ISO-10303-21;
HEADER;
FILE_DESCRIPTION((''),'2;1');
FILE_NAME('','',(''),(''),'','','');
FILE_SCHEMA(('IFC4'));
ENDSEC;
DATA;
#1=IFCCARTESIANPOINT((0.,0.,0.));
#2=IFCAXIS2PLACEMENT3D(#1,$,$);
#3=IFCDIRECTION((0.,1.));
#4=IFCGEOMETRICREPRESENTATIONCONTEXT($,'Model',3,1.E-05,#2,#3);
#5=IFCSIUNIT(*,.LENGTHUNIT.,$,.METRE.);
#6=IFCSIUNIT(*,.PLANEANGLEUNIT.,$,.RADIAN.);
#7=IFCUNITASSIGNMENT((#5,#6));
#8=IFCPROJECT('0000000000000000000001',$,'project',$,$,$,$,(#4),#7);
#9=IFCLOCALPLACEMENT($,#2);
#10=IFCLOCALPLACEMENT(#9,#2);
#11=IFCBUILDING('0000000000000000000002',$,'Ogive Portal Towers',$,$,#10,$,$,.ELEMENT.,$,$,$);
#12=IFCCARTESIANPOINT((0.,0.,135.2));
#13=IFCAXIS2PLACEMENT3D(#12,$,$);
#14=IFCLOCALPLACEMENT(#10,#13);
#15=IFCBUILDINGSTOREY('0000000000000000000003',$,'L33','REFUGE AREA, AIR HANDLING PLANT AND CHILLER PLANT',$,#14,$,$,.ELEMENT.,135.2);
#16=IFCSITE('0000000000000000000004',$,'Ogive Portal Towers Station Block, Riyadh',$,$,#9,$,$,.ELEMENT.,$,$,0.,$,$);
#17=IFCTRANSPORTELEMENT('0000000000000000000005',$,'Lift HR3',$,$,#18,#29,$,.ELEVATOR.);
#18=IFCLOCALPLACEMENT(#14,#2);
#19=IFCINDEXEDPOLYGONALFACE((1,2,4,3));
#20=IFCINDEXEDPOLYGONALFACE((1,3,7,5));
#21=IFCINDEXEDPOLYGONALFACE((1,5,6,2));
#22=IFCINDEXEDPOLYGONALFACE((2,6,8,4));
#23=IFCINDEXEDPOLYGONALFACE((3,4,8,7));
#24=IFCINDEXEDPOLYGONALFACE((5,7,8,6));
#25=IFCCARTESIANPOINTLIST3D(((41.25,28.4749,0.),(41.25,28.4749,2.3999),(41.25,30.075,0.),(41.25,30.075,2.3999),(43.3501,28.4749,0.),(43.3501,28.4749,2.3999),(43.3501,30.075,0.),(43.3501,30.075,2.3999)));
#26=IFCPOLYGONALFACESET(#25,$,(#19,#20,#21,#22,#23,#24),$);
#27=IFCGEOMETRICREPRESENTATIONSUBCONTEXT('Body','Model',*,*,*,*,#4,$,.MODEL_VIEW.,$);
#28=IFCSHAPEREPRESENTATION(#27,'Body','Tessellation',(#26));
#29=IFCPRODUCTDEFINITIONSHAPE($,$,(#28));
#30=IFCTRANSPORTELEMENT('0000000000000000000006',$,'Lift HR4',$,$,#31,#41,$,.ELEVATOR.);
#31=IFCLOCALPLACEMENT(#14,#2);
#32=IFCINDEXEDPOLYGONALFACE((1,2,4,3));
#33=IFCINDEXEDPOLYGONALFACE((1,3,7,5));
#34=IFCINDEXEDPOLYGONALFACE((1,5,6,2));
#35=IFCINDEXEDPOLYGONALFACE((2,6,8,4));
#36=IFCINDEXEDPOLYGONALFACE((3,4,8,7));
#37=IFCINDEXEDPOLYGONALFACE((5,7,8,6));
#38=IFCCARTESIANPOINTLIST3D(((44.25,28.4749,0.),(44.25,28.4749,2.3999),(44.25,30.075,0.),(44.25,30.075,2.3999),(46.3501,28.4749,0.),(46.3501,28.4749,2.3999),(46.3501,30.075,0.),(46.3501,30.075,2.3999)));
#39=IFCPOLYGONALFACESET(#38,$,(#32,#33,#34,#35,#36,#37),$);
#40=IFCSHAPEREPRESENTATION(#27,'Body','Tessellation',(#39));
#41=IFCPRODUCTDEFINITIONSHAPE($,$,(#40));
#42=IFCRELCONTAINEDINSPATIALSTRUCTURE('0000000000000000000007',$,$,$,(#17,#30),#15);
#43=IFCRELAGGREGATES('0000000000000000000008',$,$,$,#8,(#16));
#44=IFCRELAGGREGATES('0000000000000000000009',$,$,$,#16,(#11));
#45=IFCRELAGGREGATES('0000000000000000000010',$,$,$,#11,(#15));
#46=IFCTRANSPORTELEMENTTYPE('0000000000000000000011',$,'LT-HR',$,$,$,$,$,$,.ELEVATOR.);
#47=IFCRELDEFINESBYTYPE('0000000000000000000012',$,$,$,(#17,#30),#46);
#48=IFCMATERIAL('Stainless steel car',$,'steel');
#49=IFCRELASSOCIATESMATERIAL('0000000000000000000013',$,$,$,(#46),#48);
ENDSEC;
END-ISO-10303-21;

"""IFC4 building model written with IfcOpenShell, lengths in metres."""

from ifc_helpers import new_model, si_unit, direction, frame, origin, origin_2d, place, context, subcontext, project, spatial, rectangle, extrude, material, type_object, element, save


model = new_model("IFC4")

# Units and contexts
model_context = context("Model", 3, precision=1e-05, world=origin(), true_north=direction((0.0, 1.0)))
body_context = subcontext(model_context, "Body", "Model", "MODEL_VIEW")
ifc_project = project(units=[si_unit("LENGTHUNIT", "METRE"), si_unit("PLANEANGLEUNIT", "RADIAN")], contexts=[model_context])

# Site, building, storey
site_placement = place(None, origin())
site = spatial("IfcSite", under=ifc_project, at=site_placement, Name="Ogive Portal Towers Station Block, Riyadh", CompositionType="ELEMENT", RefElevation=0.0)
building_placement = place(site_placement, origin())
building = spatial("IfcBuilding", under=site, at=building_placement, Name="Ogive Portal Towers", CompositionType="ELEMENT")
storey_placement = place(building_placement, frame((0.0, 0.0, 135.2)))
storey = spatial("IfcBuildingStorey", under=building, at=storey_placement, Name="L33", Description="REFUGE AREA, AIR HANDLING PLANT AND CHILLER PLANT", CompositionType="ELEMENT", Elevation=135.2)

# Transport elements
ifc_material_1 = material(Name="Stainless steel car", Category="steel")
transport_element_type = type_object("IfcTransportElementType", Name="LT-HR", PredefinedType="ELEVATOR", material=ifc_material_1)
for number, where, z_axis, x_axis, name in (
    (1, (42.3, 29.2749, 0.0), (0.0, 0.0, 1.0), (1.0, 0.0, 0.0), "Lift HR3"),
    (2, (45.3, 29.2749, 0.0), (0.0, 0.0, 1.0), (1.0, 0.0, 0.0), "Lift HR4"),
):
    element("IfcTransportElement", number, at=place(storey_placement, frame(where, z_axis=z_axis, x_axis=x_axis)), inside=storey, type_object=transport_element_type, Name=name, PredefinedType="ELEVATOR", context=body_context, shape_type="SweptSolid", body=[
        extrude(rectangle(XDim=2.1001, YDim=1.6001, at=origin_2d()), origin(), (0.0, 0.0, 1.0), 2.3999),
    ])

save(model, "model.ifc")
